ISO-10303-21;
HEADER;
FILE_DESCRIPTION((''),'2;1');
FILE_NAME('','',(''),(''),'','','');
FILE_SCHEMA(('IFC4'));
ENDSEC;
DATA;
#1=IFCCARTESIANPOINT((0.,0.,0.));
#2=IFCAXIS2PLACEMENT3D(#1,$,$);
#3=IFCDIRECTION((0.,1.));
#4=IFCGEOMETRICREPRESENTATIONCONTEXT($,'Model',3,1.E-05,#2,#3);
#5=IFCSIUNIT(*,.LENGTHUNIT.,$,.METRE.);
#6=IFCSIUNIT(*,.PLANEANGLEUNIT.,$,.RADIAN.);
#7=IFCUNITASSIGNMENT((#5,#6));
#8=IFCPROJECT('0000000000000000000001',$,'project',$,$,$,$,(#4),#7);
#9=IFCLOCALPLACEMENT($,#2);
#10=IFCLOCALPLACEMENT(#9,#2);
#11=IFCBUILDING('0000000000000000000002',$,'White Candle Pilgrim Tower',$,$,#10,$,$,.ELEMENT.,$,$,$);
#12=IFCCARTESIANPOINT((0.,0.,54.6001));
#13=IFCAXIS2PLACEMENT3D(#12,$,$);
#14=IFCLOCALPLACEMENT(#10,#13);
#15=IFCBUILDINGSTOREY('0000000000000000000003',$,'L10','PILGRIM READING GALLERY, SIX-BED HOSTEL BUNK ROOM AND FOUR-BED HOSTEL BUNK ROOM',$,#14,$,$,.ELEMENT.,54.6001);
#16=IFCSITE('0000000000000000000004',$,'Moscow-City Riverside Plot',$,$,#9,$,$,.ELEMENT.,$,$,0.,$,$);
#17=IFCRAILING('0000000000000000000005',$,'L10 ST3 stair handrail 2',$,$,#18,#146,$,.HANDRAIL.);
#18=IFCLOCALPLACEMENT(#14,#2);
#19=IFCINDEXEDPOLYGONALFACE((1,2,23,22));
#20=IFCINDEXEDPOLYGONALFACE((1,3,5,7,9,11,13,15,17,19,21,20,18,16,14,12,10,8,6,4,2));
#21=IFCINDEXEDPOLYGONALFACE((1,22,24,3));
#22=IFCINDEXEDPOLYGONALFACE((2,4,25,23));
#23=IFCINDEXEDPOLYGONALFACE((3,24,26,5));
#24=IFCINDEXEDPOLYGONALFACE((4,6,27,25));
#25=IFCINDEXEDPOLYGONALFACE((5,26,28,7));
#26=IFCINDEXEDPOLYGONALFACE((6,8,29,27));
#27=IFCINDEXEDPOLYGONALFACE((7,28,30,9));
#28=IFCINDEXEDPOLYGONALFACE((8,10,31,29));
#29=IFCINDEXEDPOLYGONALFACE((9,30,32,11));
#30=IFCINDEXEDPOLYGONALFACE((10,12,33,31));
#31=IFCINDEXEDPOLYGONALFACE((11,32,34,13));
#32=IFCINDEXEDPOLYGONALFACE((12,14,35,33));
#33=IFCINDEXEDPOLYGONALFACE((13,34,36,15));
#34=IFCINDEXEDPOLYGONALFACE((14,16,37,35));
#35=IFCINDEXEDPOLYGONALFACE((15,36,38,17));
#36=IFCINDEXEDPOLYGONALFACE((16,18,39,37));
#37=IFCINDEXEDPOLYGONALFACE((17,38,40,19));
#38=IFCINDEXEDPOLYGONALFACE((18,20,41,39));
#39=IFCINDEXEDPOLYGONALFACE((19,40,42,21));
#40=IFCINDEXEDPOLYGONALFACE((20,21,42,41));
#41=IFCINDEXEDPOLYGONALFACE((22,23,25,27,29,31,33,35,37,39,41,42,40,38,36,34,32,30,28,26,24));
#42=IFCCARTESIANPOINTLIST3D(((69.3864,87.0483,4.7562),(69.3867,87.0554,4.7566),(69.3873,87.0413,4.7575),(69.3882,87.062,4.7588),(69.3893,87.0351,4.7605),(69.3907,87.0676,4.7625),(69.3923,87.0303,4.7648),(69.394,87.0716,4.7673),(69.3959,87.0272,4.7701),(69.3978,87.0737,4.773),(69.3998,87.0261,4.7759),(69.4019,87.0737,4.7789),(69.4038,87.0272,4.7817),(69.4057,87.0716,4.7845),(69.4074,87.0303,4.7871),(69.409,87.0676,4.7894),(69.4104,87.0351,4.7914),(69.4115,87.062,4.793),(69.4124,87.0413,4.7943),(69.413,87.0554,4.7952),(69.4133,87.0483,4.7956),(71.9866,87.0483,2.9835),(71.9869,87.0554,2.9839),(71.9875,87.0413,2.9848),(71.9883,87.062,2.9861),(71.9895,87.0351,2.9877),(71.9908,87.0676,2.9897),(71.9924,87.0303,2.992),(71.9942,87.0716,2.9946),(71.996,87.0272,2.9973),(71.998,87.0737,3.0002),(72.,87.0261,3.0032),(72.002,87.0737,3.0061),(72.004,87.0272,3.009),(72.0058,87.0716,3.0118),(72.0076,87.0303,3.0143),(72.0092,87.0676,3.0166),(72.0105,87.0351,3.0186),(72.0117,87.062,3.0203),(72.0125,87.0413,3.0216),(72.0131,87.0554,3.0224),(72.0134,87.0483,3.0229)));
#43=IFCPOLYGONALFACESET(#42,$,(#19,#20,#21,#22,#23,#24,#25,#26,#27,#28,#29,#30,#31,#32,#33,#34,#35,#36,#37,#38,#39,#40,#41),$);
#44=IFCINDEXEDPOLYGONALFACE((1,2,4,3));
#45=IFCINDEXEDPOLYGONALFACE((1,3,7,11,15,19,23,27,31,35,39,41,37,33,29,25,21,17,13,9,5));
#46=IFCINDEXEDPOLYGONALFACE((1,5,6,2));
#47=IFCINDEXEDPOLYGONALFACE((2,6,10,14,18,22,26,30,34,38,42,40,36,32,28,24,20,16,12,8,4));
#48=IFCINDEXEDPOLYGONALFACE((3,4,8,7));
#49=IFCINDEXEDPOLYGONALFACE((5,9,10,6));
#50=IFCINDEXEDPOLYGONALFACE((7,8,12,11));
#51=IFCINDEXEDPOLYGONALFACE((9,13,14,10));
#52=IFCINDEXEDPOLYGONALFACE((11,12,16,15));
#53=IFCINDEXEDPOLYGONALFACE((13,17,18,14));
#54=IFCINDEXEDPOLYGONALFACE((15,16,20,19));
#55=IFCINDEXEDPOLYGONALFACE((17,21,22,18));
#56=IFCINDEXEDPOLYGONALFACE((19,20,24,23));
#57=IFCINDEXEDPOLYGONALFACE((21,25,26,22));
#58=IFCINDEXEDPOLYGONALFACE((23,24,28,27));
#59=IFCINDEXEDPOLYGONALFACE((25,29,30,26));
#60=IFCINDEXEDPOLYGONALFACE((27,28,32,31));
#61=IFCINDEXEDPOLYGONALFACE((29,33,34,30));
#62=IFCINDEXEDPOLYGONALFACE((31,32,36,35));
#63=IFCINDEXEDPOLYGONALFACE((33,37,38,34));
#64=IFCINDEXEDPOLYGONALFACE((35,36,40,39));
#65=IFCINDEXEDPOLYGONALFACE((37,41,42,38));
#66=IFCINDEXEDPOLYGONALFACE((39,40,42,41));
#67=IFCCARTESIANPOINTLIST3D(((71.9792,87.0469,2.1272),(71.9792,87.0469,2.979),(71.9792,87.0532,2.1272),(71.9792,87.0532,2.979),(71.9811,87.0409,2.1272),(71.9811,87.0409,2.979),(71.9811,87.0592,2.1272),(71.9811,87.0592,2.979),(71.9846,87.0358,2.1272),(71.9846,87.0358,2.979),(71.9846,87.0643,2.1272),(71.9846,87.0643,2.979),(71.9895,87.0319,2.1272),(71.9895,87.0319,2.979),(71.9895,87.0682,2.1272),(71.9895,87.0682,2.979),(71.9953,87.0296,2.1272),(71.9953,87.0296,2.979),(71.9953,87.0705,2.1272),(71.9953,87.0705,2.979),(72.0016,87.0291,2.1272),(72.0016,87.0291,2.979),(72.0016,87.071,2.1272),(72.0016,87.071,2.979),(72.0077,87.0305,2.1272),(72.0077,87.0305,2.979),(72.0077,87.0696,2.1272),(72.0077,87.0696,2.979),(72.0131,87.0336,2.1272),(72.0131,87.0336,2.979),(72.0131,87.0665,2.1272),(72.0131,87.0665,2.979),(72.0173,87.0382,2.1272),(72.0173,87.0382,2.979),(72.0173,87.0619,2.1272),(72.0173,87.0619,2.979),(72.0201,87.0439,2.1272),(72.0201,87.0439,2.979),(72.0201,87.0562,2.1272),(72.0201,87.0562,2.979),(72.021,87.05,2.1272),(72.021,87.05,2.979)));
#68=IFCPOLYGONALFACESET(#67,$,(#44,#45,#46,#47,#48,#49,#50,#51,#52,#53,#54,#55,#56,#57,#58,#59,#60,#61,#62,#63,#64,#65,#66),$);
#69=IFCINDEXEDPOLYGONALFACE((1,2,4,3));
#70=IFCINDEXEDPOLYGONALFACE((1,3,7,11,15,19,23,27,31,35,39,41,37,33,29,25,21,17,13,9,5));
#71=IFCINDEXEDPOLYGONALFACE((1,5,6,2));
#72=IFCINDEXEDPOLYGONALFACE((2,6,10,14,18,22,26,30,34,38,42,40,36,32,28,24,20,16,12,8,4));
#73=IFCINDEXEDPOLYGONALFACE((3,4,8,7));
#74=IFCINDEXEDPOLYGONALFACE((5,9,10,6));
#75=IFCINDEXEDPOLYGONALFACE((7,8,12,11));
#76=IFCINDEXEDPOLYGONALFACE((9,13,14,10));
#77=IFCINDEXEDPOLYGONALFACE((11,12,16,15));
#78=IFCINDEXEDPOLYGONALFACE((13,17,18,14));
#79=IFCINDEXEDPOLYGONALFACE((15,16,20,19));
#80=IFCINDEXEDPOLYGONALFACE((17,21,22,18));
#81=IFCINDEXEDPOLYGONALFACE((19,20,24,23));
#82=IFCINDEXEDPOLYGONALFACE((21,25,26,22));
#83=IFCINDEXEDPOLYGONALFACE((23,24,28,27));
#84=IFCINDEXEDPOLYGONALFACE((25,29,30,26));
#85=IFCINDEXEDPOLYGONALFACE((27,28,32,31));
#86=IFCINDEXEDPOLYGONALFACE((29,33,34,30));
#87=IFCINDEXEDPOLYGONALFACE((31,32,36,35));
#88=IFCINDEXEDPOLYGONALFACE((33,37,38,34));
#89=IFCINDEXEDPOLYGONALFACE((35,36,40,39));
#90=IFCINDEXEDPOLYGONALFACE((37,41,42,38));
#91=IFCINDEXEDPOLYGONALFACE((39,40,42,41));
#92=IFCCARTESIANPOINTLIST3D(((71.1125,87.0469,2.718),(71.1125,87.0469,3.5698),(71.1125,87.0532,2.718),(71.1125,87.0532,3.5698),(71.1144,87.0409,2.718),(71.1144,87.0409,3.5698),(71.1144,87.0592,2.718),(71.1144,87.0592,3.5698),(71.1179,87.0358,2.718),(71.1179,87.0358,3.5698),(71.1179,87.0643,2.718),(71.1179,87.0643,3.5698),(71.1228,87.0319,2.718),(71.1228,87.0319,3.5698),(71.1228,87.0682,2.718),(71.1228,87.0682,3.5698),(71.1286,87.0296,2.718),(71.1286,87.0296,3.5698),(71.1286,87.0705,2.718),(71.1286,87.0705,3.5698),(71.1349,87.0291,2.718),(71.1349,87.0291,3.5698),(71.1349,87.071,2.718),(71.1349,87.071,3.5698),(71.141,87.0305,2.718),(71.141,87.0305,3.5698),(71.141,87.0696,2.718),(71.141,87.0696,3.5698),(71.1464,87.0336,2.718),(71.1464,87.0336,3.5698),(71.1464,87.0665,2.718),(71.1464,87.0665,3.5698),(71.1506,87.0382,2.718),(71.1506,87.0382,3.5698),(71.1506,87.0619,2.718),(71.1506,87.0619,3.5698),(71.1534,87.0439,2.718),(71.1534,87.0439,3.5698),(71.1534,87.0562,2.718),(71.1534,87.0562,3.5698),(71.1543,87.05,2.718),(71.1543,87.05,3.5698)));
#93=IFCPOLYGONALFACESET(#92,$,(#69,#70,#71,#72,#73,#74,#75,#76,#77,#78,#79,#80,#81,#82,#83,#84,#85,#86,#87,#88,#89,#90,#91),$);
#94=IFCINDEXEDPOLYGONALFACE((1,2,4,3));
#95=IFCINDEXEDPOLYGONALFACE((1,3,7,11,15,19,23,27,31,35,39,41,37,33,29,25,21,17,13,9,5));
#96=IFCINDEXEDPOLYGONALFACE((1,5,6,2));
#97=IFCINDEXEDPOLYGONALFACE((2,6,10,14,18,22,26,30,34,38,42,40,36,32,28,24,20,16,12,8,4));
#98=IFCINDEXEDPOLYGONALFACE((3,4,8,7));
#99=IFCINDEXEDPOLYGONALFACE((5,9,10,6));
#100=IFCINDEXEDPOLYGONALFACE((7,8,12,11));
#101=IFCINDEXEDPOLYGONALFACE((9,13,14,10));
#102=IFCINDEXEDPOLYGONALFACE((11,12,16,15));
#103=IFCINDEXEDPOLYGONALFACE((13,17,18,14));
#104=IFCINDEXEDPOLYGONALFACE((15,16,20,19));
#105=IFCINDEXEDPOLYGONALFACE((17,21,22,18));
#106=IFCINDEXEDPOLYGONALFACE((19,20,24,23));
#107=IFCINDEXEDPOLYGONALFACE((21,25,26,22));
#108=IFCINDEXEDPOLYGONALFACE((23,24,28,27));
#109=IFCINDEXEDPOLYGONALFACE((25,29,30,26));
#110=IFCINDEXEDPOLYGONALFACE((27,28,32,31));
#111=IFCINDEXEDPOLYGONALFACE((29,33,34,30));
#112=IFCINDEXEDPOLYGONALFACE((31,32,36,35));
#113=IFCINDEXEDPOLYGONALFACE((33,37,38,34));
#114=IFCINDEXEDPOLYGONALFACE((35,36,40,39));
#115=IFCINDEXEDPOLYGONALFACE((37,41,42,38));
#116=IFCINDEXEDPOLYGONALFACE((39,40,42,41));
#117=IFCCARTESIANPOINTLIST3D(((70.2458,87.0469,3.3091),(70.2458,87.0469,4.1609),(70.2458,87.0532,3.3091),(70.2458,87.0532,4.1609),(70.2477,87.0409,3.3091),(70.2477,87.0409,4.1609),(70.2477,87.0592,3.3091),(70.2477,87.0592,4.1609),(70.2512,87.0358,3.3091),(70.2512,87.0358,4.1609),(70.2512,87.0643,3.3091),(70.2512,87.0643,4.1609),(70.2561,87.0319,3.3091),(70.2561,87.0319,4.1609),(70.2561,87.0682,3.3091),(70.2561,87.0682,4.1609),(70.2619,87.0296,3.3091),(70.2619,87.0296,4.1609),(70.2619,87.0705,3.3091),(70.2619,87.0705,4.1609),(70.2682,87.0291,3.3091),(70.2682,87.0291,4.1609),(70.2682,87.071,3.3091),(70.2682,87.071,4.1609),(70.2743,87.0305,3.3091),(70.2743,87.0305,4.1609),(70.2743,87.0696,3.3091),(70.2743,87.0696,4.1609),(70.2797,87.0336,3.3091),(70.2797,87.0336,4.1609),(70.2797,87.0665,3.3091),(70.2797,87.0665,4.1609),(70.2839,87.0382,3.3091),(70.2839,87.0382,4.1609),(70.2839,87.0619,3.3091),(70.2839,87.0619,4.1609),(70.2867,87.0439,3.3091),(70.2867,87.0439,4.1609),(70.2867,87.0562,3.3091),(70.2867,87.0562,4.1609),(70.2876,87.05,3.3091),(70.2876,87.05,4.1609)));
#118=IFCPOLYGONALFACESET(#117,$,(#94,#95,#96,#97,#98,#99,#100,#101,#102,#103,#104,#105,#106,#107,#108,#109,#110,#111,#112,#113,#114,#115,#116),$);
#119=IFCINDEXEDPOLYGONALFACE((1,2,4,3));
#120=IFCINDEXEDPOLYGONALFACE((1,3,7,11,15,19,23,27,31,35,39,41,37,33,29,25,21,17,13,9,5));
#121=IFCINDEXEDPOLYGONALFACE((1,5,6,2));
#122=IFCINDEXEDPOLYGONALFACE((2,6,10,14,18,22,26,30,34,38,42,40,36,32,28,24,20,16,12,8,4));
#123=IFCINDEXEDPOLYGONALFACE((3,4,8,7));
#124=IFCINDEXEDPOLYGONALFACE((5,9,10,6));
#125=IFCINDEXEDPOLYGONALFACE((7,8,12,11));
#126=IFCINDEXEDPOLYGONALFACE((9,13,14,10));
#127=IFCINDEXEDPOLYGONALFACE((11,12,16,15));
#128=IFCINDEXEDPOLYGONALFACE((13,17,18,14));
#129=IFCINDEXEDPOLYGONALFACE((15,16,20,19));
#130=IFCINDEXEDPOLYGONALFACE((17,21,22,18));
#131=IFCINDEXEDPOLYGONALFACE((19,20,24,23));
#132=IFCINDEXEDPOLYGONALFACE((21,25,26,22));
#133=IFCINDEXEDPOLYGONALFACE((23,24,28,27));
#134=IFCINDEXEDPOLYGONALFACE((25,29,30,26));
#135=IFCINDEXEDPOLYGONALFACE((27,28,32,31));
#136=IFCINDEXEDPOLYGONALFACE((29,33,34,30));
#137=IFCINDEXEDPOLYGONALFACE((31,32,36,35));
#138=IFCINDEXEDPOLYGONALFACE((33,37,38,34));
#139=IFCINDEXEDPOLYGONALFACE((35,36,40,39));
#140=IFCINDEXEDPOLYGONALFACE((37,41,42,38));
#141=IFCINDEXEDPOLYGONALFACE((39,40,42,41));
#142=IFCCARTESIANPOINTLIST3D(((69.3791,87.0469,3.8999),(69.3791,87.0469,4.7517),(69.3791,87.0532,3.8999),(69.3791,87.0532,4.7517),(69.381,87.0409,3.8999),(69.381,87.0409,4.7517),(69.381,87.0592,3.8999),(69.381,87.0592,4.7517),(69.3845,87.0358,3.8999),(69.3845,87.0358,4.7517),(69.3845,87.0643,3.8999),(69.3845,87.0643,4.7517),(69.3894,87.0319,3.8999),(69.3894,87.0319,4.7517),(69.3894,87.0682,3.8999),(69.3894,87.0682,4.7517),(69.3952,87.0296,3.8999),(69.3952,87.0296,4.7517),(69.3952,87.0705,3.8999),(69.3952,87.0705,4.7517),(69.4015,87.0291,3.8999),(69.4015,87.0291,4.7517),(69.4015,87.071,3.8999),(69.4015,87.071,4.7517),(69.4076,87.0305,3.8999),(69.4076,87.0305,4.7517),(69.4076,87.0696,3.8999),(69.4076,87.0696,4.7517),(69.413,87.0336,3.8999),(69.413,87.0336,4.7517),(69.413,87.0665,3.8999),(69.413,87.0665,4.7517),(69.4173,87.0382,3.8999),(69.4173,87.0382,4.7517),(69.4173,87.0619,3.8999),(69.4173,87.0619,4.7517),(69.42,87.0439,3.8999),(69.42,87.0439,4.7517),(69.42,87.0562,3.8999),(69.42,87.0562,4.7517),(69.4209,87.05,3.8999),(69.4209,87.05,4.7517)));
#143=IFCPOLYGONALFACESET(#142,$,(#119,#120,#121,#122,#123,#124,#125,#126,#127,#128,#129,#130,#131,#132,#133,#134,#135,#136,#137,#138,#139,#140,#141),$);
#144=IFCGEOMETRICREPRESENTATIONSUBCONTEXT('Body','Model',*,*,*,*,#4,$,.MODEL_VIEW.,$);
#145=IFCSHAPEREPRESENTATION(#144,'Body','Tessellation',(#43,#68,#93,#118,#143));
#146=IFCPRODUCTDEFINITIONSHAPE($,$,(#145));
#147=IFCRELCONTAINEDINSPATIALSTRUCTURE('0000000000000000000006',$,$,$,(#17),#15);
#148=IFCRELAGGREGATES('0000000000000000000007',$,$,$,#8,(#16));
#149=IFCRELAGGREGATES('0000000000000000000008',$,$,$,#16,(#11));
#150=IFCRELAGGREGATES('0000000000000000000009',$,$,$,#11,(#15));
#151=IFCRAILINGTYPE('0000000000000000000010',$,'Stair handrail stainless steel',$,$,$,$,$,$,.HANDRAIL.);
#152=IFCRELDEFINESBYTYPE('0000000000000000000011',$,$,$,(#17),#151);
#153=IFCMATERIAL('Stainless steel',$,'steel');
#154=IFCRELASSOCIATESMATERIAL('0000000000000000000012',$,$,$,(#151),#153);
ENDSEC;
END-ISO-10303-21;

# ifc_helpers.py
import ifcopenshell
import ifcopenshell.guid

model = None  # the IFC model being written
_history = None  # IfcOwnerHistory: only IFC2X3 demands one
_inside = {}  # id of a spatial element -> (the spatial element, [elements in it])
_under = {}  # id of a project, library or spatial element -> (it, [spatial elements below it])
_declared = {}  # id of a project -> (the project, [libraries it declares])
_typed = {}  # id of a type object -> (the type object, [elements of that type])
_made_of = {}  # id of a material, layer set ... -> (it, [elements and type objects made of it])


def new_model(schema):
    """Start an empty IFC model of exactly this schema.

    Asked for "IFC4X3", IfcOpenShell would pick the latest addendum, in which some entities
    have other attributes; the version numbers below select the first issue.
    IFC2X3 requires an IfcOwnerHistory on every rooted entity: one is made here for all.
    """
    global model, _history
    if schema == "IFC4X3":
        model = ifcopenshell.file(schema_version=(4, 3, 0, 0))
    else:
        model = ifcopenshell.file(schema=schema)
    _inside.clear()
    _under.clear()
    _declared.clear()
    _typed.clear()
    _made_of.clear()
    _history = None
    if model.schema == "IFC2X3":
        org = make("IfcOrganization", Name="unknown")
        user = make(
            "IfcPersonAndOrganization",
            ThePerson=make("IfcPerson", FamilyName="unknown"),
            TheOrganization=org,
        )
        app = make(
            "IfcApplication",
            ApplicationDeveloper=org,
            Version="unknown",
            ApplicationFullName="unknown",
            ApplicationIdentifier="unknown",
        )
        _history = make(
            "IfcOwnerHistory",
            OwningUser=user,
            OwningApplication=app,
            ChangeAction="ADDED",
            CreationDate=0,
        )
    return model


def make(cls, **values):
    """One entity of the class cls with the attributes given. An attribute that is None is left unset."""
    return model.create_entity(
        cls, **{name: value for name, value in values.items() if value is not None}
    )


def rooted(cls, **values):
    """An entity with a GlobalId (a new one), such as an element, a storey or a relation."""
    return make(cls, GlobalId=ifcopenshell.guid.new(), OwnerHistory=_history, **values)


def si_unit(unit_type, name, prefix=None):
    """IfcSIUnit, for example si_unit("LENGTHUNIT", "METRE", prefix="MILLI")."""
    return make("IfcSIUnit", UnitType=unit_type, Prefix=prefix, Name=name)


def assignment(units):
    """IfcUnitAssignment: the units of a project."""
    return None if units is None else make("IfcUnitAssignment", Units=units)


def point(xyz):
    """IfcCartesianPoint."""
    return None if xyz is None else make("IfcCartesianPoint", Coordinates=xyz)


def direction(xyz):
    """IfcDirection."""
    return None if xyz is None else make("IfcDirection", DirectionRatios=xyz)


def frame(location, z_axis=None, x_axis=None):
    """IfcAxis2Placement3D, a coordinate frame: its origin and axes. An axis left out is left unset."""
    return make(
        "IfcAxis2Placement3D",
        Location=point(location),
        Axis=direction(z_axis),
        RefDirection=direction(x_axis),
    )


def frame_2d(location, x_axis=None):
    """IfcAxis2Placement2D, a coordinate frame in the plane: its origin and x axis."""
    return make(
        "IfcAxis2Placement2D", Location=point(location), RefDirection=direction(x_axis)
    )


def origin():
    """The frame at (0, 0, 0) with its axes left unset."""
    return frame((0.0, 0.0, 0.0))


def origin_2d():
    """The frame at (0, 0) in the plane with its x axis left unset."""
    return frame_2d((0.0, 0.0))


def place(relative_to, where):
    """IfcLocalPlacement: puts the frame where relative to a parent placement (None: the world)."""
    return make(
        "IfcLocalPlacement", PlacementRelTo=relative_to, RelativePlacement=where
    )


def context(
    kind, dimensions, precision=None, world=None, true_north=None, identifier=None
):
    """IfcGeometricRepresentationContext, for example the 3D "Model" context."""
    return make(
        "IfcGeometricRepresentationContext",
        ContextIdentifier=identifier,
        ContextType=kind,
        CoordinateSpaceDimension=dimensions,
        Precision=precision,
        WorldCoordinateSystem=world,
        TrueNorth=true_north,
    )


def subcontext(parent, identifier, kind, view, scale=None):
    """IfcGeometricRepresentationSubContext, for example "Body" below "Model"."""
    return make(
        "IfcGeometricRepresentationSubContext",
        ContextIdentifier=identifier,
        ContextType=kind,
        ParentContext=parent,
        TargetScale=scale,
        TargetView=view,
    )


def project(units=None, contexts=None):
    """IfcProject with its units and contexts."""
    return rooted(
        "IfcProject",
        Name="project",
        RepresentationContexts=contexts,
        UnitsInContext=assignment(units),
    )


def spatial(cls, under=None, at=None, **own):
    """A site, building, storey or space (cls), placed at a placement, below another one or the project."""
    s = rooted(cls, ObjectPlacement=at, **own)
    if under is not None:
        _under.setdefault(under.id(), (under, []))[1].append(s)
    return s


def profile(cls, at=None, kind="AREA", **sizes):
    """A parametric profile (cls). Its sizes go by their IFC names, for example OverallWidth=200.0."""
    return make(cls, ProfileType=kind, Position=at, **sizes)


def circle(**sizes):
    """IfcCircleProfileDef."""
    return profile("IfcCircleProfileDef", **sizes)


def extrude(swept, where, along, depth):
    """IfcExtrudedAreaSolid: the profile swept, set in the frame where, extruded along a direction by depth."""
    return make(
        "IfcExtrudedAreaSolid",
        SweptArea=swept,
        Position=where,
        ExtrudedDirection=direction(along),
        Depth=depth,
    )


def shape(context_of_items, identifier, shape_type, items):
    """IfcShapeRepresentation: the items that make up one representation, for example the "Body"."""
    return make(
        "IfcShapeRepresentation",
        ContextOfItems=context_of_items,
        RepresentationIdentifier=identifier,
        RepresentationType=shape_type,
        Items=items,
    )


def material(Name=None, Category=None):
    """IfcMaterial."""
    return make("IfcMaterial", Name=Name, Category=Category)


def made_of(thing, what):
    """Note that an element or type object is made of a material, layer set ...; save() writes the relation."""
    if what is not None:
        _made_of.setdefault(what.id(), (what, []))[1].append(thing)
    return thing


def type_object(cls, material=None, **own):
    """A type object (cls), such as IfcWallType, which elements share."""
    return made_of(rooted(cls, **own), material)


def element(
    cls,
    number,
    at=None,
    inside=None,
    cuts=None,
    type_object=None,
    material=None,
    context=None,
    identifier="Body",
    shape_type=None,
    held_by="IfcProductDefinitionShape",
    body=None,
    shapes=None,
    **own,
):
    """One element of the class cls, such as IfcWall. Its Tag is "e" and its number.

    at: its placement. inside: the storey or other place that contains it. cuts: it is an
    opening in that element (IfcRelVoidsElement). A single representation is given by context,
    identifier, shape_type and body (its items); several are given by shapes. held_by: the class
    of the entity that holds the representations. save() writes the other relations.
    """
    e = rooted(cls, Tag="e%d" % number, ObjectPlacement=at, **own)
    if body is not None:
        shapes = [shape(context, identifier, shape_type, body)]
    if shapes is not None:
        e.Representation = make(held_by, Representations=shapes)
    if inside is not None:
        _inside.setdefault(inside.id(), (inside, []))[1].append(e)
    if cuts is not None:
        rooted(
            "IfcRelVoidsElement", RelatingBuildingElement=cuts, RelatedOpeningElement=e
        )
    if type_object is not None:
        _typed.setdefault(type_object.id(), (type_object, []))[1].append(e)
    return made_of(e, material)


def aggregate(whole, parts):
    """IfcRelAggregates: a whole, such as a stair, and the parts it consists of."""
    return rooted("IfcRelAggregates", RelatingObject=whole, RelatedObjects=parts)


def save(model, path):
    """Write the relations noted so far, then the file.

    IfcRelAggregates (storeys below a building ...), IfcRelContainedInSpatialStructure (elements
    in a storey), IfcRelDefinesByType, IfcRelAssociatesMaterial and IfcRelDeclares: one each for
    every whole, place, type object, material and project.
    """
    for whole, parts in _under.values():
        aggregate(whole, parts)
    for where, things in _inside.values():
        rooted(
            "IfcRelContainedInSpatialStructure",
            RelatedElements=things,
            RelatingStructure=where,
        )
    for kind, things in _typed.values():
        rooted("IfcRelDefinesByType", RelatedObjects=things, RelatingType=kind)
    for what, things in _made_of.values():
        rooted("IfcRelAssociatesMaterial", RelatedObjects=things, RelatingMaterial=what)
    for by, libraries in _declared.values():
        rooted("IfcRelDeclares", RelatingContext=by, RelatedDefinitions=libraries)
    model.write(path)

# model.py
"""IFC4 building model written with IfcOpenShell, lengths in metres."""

from ifc_helpers import new_model, si_unit, direction, frame, origin, origin_2d, place, context, subcontext, project, spatial, circle, extrude, material, type_object, element, save


model = new_model("IFC4")

# Units and contexts
model_context = context("Model", 3, precision=1e-05, world=origin(), true_north=direction((0.0, 1.0)))
body_context = subcontext(model_context, "Body", "Model", "MODEL_VIEW")
ifc_project = project(units=[si_unit("LENGTHUNIT", "METRE"), si_unit("PLANEANGLEUNIT", "RADIAN")], contexts=[model_context])

# Site, building, storey
site_placement = place(None, origin())
site = spatial("IfcSite", under=ifc_project, at=site_placement, Name="Moscow-City Riverside Plot", CompositionType="ELEMENT", RefElevation=0.0)
building_placement = place(site_placement, origin())
building = spatial("IfcBuilding", under=site, at=building_placement, Name="White Candle Pilgrim Tower", CompositionType="ELEMENT")
storey_placement = place(building_placement, frame((0.0, 0.0, 54.6001)))
storey = spatial("IfcBuildingStorey", under=building, at=storey_placement, Name="L10", Description="PILGRIM READING GALLERY, SIX-BED HOSTEL BUNK ROOM AND FOUR-BED HOSTEL BUNK ROOM", CompositionType="ELEMENT", Elevation=54.6001)

# Railing
ifc_material_1 = material(Name="Stainless steel", Category="steel")
railing_type_1 = type_object("IfcRailingType", Name="Stair handrail stainless steel", PredefinedType="HANDRAIL", material=ifc_material_1)
railing_1_placement = place(storey_placement, frame((72.0, 87.05, 2.1272)))
element("IfcRailing", 1, at=railing_1_placement, inside=storey, type_object=railing_type_1, Name="L10 ST3 stair handrail 2", PredefinedType="HANDRAIL", context=body_context, shape_type="SweptSolid", body=[
    extrude(circle(Radius=0.0239, at=origin_2d()), frame((0.0, 0.0, 0.876), z_axis=(-0.82624, 0.0, 0.563318), x_axis=(0.0, -1.0, 0.0)), (0.0, 0.0, 1.0), 3.147),
    extrude(circle(Radius=0.021, at=origin_2d()), origin(), (0.0, 0.0, 1.0), 0.8518),
    extrude(circle(Radius=0.021, at=origin_2d()), frame((-0.8667, 0.0, 0.5908)), (0.0, 0.0, 1.0), 0.8518),
    extrude(circle(Radius=0.021, at=origin_2d()), frame((-1.7334, 0.0, 1.1819)), (0.0, 0.0, 1.0), 0.8518),
    extrude(circle(Radius=0.021, at=origin_2d()), frame((-2.6001, 0.0, 1.7727)), (0.0, 0.0, 1.0), 0.8518),
])

save(model, "model.ifc")
